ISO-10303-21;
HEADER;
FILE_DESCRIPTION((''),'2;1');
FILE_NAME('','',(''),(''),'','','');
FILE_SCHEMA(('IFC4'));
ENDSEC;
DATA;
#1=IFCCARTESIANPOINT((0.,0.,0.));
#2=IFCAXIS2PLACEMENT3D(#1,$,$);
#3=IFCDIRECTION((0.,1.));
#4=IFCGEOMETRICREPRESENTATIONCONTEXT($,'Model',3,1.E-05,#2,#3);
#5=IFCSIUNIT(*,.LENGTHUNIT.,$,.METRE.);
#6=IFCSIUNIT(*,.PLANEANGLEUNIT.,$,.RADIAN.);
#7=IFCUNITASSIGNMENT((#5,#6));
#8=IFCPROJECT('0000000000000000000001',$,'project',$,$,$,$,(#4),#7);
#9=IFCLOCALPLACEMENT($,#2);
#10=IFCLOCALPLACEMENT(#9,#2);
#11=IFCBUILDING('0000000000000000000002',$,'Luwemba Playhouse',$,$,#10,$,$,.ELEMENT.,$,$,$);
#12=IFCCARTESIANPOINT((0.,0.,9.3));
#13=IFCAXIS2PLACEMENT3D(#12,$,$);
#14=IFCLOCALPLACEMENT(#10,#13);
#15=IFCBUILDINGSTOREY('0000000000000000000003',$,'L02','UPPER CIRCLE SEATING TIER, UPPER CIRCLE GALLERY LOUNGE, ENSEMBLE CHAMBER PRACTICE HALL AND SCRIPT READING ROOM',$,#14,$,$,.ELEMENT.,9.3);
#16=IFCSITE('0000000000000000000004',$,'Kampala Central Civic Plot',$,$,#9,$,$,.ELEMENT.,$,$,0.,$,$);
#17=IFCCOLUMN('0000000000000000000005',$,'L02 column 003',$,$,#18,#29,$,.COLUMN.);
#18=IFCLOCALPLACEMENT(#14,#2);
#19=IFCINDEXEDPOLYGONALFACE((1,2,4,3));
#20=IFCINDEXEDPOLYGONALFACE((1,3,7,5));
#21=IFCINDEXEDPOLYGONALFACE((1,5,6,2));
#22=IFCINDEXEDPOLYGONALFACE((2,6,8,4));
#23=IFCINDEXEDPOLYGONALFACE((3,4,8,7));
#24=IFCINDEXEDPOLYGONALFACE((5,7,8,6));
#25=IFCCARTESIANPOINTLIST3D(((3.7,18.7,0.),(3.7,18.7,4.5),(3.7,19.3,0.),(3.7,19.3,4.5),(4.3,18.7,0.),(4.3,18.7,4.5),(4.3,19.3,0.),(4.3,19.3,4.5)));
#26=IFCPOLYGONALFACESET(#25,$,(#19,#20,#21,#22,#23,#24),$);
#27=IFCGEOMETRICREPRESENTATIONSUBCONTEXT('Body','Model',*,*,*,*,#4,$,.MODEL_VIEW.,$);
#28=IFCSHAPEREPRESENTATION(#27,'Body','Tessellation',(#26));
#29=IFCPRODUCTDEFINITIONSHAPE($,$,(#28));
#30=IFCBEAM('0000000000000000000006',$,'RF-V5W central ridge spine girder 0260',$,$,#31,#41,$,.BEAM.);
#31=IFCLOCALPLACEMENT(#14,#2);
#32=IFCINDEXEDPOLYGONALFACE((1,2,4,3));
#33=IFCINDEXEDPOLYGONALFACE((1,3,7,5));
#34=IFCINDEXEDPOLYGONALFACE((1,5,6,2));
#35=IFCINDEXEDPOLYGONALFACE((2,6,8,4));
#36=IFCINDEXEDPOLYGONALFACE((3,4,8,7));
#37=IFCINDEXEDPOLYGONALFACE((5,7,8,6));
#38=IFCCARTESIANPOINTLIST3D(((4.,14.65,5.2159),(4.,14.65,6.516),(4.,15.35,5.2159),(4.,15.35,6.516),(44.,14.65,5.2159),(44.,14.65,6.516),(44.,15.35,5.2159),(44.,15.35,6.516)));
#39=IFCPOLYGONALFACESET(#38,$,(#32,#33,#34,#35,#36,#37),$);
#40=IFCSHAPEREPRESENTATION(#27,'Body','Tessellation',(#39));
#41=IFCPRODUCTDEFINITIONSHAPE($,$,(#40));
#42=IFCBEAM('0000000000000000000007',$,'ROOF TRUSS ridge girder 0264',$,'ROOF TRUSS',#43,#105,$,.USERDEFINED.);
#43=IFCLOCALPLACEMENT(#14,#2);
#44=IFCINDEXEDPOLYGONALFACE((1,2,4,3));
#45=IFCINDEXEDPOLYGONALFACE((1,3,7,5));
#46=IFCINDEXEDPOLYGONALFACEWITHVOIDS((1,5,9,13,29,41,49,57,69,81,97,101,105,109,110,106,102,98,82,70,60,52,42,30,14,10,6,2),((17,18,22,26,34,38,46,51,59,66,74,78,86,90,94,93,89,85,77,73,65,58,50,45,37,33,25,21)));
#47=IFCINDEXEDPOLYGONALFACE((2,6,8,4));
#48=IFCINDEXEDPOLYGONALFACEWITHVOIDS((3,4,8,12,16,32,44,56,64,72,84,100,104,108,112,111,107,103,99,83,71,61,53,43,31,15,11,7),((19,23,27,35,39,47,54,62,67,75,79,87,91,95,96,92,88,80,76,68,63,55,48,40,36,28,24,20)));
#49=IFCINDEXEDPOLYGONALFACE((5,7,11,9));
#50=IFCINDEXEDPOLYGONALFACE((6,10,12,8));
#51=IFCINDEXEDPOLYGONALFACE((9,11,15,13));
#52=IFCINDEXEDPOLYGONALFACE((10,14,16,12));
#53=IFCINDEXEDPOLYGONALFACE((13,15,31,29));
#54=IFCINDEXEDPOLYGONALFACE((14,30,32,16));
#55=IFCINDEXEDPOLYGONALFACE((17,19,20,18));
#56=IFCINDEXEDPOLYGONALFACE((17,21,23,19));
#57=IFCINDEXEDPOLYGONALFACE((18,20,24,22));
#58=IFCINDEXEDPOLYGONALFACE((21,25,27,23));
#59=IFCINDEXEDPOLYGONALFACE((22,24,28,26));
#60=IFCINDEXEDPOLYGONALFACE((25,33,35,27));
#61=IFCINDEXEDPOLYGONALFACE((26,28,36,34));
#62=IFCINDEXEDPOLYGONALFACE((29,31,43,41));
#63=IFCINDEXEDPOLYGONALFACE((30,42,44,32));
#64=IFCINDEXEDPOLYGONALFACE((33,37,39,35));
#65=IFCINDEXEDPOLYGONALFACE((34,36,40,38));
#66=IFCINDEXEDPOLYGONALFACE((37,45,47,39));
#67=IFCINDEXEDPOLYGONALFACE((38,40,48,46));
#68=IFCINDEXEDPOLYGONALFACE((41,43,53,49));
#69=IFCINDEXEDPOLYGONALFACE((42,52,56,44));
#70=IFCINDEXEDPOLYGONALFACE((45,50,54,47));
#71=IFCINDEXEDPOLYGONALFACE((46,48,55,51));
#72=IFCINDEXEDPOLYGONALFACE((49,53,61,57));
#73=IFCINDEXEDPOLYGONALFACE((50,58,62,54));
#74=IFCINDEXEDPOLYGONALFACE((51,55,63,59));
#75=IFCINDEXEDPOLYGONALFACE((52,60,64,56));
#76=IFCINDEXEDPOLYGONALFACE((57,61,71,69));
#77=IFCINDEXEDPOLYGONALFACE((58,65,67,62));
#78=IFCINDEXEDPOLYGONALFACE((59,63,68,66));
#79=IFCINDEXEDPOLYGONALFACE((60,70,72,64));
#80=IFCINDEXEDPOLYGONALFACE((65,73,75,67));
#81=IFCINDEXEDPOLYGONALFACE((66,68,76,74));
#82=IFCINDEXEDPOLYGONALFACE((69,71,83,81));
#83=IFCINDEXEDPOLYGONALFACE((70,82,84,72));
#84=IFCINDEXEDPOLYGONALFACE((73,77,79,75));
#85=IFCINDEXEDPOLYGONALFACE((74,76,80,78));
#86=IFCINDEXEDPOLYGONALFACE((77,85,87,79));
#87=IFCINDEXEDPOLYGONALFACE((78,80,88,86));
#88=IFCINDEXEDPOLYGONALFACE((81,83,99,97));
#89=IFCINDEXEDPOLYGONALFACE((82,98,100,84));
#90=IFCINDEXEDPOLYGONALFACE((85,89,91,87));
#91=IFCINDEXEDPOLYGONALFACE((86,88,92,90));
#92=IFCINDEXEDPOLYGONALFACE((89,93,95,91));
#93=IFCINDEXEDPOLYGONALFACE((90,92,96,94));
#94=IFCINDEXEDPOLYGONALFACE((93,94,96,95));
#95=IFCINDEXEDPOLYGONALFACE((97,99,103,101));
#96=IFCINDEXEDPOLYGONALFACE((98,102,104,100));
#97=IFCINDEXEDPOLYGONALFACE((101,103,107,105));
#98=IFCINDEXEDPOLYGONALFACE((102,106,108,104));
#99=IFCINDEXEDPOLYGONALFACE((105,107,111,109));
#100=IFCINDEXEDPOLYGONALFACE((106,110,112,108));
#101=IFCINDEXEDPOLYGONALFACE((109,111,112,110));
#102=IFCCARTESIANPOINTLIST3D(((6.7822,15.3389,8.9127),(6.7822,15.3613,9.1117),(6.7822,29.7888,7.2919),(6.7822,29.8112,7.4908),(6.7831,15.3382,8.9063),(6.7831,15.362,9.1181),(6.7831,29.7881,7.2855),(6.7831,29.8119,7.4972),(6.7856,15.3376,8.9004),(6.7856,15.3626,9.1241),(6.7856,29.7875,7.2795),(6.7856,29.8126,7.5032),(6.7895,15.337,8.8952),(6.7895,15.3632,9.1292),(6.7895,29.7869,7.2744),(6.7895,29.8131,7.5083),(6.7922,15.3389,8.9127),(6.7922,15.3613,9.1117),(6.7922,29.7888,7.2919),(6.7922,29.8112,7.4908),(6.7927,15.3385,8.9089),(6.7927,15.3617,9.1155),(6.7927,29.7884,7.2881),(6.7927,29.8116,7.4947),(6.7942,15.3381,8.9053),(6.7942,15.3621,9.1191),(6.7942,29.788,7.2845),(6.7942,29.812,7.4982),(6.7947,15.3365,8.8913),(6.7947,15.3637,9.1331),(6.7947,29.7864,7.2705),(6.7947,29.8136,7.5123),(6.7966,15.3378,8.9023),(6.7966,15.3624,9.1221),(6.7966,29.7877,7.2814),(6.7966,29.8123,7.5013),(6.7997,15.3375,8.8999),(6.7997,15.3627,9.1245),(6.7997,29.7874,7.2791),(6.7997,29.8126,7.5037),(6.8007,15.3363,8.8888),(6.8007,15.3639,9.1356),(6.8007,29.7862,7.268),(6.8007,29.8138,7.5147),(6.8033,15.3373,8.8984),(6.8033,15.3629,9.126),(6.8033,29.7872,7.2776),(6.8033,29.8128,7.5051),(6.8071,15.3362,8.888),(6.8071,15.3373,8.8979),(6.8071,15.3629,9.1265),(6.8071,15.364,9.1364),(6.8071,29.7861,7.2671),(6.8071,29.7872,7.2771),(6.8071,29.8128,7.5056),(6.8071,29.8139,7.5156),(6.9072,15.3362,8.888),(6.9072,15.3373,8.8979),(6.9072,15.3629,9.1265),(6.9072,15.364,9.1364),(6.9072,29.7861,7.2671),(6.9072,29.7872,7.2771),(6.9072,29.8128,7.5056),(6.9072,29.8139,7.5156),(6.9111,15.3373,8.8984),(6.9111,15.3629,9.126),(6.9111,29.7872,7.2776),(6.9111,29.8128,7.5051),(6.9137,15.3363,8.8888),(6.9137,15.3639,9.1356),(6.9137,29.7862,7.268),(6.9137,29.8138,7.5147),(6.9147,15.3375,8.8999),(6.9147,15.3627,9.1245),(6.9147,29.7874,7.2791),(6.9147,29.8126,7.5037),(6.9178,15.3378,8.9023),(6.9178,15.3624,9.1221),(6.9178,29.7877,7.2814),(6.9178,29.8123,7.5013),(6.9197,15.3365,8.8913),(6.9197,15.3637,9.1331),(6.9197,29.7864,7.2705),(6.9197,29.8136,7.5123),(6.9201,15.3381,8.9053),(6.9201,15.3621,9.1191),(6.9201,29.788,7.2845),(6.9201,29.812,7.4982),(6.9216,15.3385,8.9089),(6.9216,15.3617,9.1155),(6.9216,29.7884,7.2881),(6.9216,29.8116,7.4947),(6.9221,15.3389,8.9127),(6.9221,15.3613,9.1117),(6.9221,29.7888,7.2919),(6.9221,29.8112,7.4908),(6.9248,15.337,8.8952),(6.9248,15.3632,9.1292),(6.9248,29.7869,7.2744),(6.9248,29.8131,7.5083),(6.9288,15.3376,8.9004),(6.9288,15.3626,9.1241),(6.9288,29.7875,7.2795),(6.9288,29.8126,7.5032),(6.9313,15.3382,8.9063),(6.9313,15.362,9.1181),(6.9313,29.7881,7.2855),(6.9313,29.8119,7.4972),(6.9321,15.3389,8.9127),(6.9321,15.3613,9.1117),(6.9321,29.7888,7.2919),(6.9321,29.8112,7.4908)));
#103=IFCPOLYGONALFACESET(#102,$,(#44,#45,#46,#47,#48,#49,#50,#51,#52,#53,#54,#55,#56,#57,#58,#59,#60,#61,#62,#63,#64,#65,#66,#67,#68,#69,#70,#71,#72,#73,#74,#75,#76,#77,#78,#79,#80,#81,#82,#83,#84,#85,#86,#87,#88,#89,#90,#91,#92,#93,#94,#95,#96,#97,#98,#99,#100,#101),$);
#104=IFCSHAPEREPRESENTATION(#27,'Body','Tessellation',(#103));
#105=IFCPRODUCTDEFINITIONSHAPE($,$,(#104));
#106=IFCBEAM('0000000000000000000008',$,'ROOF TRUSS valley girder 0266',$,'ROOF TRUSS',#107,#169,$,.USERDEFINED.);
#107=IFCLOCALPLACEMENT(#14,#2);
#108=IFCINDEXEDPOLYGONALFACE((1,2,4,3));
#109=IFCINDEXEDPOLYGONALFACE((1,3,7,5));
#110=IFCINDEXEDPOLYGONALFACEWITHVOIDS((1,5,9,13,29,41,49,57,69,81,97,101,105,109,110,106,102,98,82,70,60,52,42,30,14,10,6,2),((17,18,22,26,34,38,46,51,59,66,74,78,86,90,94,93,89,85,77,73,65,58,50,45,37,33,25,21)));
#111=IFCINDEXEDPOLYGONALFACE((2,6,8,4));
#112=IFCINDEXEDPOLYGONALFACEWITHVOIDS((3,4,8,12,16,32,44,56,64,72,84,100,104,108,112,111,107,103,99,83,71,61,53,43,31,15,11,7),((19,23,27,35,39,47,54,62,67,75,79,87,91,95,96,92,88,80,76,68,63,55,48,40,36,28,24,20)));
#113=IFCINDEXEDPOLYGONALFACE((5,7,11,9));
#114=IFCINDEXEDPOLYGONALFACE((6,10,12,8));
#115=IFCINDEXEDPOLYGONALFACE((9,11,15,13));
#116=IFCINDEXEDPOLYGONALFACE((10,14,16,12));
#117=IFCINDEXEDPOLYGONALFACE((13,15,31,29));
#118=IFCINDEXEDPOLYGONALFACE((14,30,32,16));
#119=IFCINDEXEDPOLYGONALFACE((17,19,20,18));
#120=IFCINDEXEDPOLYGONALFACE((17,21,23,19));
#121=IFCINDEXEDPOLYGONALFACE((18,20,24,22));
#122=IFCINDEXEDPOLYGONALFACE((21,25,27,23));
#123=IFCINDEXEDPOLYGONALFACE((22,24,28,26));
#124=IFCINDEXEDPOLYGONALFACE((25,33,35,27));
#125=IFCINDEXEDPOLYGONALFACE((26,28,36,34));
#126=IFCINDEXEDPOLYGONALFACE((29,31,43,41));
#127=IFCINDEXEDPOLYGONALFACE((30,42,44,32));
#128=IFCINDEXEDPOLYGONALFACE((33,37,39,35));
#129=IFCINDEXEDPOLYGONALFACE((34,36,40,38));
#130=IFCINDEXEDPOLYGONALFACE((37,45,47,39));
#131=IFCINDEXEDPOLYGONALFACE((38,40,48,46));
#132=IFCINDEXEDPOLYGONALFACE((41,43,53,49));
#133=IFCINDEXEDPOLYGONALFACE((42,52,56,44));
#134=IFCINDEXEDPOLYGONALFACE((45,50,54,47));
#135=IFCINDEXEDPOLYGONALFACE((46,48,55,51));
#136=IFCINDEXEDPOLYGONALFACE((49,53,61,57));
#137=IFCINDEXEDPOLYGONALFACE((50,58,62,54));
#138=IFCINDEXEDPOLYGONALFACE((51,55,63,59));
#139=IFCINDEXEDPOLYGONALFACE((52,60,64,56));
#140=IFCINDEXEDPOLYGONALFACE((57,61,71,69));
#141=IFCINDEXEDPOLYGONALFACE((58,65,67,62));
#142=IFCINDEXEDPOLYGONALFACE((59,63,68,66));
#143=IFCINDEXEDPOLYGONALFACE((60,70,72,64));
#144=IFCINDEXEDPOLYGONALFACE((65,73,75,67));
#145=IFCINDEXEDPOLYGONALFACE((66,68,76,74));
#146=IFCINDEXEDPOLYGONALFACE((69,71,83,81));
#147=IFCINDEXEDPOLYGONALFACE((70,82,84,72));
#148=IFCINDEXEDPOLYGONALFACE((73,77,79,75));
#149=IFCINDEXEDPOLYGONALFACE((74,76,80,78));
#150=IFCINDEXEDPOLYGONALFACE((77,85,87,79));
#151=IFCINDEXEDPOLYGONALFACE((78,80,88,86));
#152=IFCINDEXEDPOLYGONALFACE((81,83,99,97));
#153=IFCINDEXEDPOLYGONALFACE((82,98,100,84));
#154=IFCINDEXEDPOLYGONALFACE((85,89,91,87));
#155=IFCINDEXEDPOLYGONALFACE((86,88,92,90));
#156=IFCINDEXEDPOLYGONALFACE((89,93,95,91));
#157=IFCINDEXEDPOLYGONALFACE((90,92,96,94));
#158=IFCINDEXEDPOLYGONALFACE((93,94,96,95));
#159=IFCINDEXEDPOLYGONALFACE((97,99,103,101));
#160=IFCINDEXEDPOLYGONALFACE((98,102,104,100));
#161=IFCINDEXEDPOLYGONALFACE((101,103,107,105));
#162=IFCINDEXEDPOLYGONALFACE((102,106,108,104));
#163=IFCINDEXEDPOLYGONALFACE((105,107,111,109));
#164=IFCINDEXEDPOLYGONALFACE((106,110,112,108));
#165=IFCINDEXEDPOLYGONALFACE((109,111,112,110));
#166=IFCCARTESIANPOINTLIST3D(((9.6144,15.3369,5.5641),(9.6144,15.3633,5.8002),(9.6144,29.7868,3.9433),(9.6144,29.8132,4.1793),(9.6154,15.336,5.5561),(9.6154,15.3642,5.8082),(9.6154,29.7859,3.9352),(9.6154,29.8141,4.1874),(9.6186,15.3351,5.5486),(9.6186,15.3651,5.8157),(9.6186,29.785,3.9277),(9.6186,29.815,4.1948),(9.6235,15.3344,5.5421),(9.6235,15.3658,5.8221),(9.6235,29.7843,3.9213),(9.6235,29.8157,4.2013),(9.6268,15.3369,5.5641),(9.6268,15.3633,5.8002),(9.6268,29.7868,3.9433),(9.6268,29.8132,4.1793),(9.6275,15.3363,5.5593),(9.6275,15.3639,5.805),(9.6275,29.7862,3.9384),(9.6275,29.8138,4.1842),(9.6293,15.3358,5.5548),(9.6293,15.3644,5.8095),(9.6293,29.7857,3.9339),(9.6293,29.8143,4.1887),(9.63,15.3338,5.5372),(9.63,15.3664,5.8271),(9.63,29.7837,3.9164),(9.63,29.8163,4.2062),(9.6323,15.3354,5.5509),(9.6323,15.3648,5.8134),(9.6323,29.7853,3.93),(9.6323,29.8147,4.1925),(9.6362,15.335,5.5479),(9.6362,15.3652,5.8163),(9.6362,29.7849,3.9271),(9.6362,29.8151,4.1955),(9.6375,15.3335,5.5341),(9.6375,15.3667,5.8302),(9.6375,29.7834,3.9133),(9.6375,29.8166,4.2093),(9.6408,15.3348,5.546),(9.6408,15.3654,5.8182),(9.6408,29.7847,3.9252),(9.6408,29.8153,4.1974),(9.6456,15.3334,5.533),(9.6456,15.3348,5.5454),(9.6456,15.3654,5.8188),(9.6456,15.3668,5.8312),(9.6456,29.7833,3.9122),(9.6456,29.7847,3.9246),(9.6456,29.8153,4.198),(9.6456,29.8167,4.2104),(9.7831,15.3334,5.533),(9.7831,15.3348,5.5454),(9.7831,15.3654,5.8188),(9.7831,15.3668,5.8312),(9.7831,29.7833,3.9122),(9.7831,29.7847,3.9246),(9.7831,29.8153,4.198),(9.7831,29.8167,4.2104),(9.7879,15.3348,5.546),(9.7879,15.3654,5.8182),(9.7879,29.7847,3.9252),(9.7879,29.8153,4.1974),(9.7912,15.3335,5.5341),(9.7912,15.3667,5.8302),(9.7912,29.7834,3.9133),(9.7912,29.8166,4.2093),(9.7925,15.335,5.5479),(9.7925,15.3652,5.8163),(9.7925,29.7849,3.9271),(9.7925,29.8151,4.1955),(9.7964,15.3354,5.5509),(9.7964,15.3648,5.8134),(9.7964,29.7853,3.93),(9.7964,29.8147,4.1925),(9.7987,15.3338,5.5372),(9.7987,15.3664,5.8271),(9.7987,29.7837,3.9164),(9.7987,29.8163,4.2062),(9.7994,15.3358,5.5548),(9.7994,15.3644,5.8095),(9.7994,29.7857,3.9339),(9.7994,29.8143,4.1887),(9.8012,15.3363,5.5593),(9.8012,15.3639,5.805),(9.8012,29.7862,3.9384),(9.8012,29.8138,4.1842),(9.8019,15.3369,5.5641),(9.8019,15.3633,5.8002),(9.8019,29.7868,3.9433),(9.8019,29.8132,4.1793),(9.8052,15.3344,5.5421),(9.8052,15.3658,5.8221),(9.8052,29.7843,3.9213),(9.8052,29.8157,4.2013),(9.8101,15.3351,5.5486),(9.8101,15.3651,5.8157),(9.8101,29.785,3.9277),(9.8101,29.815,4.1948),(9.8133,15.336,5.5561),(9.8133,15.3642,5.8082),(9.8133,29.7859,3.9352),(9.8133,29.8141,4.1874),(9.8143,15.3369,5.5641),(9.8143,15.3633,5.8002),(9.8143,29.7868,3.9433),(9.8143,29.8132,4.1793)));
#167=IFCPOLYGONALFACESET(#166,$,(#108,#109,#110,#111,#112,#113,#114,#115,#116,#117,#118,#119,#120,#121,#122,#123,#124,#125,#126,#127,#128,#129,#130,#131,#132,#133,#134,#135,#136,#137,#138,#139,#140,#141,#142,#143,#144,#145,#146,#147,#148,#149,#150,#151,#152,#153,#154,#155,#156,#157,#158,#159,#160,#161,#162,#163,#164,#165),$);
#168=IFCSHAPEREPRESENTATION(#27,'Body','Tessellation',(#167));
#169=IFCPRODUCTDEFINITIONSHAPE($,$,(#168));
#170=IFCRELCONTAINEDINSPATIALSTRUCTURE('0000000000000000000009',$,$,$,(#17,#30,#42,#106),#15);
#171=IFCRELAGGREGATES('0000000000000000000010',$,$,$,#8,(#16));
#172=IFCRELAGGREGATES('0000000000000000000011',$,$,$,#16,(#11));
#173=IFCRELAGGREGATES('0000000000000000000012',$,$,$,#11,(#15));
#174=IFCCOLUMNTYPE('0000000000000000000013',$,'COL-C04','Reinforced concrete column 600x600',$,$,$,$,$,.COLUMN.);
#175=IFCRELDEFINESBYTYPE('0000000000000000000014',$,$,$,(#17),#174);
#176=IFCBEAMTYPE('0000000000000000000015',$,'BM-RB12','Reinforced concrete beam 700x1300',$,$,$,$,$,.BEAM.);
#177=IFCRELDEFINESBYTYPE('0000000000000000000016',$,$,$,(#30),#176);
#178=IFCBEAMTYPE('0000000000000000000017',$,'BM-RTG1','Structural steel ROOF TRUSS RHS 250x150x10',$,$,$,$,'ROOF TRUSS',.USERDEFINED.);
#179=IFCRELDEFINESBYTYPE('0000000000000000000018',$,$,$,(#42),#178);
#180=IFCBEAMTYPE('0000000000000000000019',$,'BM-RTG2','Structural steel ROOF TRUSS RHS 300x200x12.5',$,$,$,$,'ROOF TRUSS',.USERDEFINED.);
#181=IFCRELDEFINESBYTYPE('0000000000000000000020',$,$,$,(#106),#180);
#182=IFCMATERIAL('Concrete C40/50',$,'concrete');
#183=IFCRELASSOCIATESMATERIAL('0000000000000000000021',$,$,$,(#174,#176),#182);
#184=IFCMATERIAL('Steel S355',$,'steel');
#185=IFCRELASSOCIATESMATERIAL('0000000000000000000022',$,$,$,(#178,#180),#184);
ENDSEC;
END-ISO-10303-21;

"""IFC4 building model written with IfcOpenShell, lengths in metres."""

from ifc_helpers import new_model, si_unit, direction, frame, origin, origin_2d, place, context, subcontext, project, spatial, rectangle, hollow_rectangle, extrude, material, material_profile, profile_set, type_object, element, save


model = new_model("IFC4")

# Units and contexts
model_context = context("Model", 3, precision=1e-05, world=origin(), true_north=direction((0.0, 1.0)))
body_context = subcontext(model_context, "Body", "Model", "MODEL_VIEW")
ifc_project = project(units=[si_unit("LENGTHUNIT", "METRE"), si_unit("PLANEANGLEUNIT", "RADIAN")], contexts=[model_context])

# Site, building, storey
site_placement = place(None, origin())
site = spatial("IfcSite", under=ifc_project, at=site_placement, Name="Kampala Central Civic Plot", CompositionType="ELEMENT", RefElevation=0.0)
building_placement = place(site_placement, origin())
building = spatial("IfcBuilding", under=site, at=building_placement, Name="Luwemba Playhouse", CompositionType="ELEMENT")
storey_placement = place(building_placement, frame((0.0, 0.0, 9.3)))
storey = spatial("IfcBuildingStorey", under=building, at=storey_placement, Name="L02", Description="UPPER CIRCLE SEATING TIER, UPPER CIRCLE GALLERY LOUNGE, ENSEMBLE CHAMBER PRACTICE HALL AND SCRIPT READING ROOM", CompositionType="ELEMENT", Elevation=9.3)

# Column
ifc_material_1 = material(Name="Concrete C40/50", Category="concrete")
ifc_material_profile_1 = material_profile(ifc_material_1, rectangle(XDim=0.6001, YDim=0.6001, at=origin_2d()))
ifc_profile_set_1 = profile_set([ifc_material_profile_1], Name="Concrete C40/50")
column_type = type_object("IfcColumnType", Name="COL-C04", Description="Reinforced concrete column 600x600", PredefinedType="COLUMN", material=ifc_profile_set_1)
column_placement = place(storey_placement, frame((4.0, 19.0, 0.0), z_axis=(0.0, 0.0, 1.0), x_axis=(1.0, 0.0, 0.0)))
element("IfcColumn", 1, at=column_placement, inside=storey, type_object=column_type, Name="L02 column 003", PredefinedType="COLUMN", context=body_context, shape_type="SweptSolid", body=[
    extrude(rectangle(XDim=0.6001, YDim=0.6001, at=origin_2d()), origin(), (0.0, 0.0, 1.0), 4.5),
])

# Beams
ifc_material_profile_2 = material_profile(ifc_material_1, rectangle(XDim=0.7, YDim=1.3, at=origin_2d()))
ifc_profile_set_2 = profile_set([ifc_material_profile_2], Name="Concrete C40/50")
beam_type_1 = type_object("IfcBeamType", Name="BM-RB12", Description="Reinforced concrete beam 700x1300", PredefinedType="BEAM", material=ifc_profile_set_2)
beam_1_placement = place(storey_placement, frame((4.0, 15.0, 5.866), z_axis=(1.0, 0.0, 0.0), x_axis=(0.0, 1.0, 0.0)))
element("IfcBeam", 2, at=beam_1_placement, inside=storey, type_object=beam_type_1, Name="RF-V5W central ridge spine girder 0260", PredefinedType="BEAM", context=body_context, shape_type="SweptSolid", body=[
    extrude(rectangle(XDim=0.7, YDim=1.3, at=origin_2d()), origin(), (0.0, 0.0, 1.0), 40.0),
])
ifc_material_2 = material(Name="Steel S355", Category="steel")
ifc_material_profile_3 = material_profile(ifc_material_2, hollow_rectangle(XDim=0.1499, YDim=0.25, WallThickness=0.01, InnerFilletRadius=0.0149, OuterFilletRadius=0.0249, at=origin_2d()))
ifc_profile_set_3 = profile_set([ifc_material_profile_3], Name="Steel S355")
beam_type_2 = type_object("IfcBeamType", Name="BM-RTG1", Description="Structural steel ROOF TRUSS RHS 250x150x10", ElementType="ROOF TRUSS", PredefinedType="USERDEFINED", material=ifc_profile_set_3)
beam_2_placement = place(storey_placement, frame((6.8572, 15.3501, 9.0122), z_axis=(0.0, 0.993768, -0.111471), x_axis=(-1.0, 0.0, 0.0)))
element("IfcBeam", 3, at=beam_2_placement, inside=storey, type_object=beam_type_2, Name="ROOF TRUSS ridge girder 0264", ObjectType="ROOF TRUSS", PredefinedType="USERDEFINED", context=body_context, shape_type="SweptSolid", body=[
    extrude(hollow_rectangle(XDim=0.1499, YDim=0.25, WallThickness=0.01, InnerFilletRadius=0.0149, OuterFilletRadius=0.0249, at=origin_2d()), origin(), (0.0, 0.0, 1.0), 14.5405),
])
ifc_material_profile_4 = material_profile(ifc_material_2, hollow_rectangle(XDim=0.2, YDim=0.3, WallThickness=0.0125, InnerFilletRadius=0.0188, OuterFilletRadius=0.0312, at=origin_2d()))
ifc_profile_set_4 = profile_set([ifc_material_profile_4], Name="Steel S355")
beam_type_3 = type_object("IfcBeamType", Name="BM-RTG2", Description="Structural steel ROOF TRUSS RHS 300x200x12.5", ElementType="ROOF TRUSS", PredefinedType="USERDEFINED", material=ifc_profile_set_4)
beam_3_placement = place(storey_placement, frame((9.7144, 15.3501, 5.6821), z_axis=(0.0, 0.993768, -0.111471), x_axis=(-1.0, 0.0, 0.0)))
element("IfcBeam", 4, at=beam_3_placement, inside=storey, type_object=beam_type_3, Name="ROOF TRUSS valley girder 0266", ObjectType="ROOF TRUSS", PredefinedType="USERDEFINED", context=body_context, shape_type="SweptSolid", body=[
    extrude(hollow_rectangle(XDim=0.2, YDim=0.3, WallThickness=0.0125, InnerFilletRadius=0.0188, OuterFilletRadius=0.0312, at=origin_2d()), origin(), (0.0, 0.0, 1.0), 14.5405),
])

save(model, "model.ifc")
